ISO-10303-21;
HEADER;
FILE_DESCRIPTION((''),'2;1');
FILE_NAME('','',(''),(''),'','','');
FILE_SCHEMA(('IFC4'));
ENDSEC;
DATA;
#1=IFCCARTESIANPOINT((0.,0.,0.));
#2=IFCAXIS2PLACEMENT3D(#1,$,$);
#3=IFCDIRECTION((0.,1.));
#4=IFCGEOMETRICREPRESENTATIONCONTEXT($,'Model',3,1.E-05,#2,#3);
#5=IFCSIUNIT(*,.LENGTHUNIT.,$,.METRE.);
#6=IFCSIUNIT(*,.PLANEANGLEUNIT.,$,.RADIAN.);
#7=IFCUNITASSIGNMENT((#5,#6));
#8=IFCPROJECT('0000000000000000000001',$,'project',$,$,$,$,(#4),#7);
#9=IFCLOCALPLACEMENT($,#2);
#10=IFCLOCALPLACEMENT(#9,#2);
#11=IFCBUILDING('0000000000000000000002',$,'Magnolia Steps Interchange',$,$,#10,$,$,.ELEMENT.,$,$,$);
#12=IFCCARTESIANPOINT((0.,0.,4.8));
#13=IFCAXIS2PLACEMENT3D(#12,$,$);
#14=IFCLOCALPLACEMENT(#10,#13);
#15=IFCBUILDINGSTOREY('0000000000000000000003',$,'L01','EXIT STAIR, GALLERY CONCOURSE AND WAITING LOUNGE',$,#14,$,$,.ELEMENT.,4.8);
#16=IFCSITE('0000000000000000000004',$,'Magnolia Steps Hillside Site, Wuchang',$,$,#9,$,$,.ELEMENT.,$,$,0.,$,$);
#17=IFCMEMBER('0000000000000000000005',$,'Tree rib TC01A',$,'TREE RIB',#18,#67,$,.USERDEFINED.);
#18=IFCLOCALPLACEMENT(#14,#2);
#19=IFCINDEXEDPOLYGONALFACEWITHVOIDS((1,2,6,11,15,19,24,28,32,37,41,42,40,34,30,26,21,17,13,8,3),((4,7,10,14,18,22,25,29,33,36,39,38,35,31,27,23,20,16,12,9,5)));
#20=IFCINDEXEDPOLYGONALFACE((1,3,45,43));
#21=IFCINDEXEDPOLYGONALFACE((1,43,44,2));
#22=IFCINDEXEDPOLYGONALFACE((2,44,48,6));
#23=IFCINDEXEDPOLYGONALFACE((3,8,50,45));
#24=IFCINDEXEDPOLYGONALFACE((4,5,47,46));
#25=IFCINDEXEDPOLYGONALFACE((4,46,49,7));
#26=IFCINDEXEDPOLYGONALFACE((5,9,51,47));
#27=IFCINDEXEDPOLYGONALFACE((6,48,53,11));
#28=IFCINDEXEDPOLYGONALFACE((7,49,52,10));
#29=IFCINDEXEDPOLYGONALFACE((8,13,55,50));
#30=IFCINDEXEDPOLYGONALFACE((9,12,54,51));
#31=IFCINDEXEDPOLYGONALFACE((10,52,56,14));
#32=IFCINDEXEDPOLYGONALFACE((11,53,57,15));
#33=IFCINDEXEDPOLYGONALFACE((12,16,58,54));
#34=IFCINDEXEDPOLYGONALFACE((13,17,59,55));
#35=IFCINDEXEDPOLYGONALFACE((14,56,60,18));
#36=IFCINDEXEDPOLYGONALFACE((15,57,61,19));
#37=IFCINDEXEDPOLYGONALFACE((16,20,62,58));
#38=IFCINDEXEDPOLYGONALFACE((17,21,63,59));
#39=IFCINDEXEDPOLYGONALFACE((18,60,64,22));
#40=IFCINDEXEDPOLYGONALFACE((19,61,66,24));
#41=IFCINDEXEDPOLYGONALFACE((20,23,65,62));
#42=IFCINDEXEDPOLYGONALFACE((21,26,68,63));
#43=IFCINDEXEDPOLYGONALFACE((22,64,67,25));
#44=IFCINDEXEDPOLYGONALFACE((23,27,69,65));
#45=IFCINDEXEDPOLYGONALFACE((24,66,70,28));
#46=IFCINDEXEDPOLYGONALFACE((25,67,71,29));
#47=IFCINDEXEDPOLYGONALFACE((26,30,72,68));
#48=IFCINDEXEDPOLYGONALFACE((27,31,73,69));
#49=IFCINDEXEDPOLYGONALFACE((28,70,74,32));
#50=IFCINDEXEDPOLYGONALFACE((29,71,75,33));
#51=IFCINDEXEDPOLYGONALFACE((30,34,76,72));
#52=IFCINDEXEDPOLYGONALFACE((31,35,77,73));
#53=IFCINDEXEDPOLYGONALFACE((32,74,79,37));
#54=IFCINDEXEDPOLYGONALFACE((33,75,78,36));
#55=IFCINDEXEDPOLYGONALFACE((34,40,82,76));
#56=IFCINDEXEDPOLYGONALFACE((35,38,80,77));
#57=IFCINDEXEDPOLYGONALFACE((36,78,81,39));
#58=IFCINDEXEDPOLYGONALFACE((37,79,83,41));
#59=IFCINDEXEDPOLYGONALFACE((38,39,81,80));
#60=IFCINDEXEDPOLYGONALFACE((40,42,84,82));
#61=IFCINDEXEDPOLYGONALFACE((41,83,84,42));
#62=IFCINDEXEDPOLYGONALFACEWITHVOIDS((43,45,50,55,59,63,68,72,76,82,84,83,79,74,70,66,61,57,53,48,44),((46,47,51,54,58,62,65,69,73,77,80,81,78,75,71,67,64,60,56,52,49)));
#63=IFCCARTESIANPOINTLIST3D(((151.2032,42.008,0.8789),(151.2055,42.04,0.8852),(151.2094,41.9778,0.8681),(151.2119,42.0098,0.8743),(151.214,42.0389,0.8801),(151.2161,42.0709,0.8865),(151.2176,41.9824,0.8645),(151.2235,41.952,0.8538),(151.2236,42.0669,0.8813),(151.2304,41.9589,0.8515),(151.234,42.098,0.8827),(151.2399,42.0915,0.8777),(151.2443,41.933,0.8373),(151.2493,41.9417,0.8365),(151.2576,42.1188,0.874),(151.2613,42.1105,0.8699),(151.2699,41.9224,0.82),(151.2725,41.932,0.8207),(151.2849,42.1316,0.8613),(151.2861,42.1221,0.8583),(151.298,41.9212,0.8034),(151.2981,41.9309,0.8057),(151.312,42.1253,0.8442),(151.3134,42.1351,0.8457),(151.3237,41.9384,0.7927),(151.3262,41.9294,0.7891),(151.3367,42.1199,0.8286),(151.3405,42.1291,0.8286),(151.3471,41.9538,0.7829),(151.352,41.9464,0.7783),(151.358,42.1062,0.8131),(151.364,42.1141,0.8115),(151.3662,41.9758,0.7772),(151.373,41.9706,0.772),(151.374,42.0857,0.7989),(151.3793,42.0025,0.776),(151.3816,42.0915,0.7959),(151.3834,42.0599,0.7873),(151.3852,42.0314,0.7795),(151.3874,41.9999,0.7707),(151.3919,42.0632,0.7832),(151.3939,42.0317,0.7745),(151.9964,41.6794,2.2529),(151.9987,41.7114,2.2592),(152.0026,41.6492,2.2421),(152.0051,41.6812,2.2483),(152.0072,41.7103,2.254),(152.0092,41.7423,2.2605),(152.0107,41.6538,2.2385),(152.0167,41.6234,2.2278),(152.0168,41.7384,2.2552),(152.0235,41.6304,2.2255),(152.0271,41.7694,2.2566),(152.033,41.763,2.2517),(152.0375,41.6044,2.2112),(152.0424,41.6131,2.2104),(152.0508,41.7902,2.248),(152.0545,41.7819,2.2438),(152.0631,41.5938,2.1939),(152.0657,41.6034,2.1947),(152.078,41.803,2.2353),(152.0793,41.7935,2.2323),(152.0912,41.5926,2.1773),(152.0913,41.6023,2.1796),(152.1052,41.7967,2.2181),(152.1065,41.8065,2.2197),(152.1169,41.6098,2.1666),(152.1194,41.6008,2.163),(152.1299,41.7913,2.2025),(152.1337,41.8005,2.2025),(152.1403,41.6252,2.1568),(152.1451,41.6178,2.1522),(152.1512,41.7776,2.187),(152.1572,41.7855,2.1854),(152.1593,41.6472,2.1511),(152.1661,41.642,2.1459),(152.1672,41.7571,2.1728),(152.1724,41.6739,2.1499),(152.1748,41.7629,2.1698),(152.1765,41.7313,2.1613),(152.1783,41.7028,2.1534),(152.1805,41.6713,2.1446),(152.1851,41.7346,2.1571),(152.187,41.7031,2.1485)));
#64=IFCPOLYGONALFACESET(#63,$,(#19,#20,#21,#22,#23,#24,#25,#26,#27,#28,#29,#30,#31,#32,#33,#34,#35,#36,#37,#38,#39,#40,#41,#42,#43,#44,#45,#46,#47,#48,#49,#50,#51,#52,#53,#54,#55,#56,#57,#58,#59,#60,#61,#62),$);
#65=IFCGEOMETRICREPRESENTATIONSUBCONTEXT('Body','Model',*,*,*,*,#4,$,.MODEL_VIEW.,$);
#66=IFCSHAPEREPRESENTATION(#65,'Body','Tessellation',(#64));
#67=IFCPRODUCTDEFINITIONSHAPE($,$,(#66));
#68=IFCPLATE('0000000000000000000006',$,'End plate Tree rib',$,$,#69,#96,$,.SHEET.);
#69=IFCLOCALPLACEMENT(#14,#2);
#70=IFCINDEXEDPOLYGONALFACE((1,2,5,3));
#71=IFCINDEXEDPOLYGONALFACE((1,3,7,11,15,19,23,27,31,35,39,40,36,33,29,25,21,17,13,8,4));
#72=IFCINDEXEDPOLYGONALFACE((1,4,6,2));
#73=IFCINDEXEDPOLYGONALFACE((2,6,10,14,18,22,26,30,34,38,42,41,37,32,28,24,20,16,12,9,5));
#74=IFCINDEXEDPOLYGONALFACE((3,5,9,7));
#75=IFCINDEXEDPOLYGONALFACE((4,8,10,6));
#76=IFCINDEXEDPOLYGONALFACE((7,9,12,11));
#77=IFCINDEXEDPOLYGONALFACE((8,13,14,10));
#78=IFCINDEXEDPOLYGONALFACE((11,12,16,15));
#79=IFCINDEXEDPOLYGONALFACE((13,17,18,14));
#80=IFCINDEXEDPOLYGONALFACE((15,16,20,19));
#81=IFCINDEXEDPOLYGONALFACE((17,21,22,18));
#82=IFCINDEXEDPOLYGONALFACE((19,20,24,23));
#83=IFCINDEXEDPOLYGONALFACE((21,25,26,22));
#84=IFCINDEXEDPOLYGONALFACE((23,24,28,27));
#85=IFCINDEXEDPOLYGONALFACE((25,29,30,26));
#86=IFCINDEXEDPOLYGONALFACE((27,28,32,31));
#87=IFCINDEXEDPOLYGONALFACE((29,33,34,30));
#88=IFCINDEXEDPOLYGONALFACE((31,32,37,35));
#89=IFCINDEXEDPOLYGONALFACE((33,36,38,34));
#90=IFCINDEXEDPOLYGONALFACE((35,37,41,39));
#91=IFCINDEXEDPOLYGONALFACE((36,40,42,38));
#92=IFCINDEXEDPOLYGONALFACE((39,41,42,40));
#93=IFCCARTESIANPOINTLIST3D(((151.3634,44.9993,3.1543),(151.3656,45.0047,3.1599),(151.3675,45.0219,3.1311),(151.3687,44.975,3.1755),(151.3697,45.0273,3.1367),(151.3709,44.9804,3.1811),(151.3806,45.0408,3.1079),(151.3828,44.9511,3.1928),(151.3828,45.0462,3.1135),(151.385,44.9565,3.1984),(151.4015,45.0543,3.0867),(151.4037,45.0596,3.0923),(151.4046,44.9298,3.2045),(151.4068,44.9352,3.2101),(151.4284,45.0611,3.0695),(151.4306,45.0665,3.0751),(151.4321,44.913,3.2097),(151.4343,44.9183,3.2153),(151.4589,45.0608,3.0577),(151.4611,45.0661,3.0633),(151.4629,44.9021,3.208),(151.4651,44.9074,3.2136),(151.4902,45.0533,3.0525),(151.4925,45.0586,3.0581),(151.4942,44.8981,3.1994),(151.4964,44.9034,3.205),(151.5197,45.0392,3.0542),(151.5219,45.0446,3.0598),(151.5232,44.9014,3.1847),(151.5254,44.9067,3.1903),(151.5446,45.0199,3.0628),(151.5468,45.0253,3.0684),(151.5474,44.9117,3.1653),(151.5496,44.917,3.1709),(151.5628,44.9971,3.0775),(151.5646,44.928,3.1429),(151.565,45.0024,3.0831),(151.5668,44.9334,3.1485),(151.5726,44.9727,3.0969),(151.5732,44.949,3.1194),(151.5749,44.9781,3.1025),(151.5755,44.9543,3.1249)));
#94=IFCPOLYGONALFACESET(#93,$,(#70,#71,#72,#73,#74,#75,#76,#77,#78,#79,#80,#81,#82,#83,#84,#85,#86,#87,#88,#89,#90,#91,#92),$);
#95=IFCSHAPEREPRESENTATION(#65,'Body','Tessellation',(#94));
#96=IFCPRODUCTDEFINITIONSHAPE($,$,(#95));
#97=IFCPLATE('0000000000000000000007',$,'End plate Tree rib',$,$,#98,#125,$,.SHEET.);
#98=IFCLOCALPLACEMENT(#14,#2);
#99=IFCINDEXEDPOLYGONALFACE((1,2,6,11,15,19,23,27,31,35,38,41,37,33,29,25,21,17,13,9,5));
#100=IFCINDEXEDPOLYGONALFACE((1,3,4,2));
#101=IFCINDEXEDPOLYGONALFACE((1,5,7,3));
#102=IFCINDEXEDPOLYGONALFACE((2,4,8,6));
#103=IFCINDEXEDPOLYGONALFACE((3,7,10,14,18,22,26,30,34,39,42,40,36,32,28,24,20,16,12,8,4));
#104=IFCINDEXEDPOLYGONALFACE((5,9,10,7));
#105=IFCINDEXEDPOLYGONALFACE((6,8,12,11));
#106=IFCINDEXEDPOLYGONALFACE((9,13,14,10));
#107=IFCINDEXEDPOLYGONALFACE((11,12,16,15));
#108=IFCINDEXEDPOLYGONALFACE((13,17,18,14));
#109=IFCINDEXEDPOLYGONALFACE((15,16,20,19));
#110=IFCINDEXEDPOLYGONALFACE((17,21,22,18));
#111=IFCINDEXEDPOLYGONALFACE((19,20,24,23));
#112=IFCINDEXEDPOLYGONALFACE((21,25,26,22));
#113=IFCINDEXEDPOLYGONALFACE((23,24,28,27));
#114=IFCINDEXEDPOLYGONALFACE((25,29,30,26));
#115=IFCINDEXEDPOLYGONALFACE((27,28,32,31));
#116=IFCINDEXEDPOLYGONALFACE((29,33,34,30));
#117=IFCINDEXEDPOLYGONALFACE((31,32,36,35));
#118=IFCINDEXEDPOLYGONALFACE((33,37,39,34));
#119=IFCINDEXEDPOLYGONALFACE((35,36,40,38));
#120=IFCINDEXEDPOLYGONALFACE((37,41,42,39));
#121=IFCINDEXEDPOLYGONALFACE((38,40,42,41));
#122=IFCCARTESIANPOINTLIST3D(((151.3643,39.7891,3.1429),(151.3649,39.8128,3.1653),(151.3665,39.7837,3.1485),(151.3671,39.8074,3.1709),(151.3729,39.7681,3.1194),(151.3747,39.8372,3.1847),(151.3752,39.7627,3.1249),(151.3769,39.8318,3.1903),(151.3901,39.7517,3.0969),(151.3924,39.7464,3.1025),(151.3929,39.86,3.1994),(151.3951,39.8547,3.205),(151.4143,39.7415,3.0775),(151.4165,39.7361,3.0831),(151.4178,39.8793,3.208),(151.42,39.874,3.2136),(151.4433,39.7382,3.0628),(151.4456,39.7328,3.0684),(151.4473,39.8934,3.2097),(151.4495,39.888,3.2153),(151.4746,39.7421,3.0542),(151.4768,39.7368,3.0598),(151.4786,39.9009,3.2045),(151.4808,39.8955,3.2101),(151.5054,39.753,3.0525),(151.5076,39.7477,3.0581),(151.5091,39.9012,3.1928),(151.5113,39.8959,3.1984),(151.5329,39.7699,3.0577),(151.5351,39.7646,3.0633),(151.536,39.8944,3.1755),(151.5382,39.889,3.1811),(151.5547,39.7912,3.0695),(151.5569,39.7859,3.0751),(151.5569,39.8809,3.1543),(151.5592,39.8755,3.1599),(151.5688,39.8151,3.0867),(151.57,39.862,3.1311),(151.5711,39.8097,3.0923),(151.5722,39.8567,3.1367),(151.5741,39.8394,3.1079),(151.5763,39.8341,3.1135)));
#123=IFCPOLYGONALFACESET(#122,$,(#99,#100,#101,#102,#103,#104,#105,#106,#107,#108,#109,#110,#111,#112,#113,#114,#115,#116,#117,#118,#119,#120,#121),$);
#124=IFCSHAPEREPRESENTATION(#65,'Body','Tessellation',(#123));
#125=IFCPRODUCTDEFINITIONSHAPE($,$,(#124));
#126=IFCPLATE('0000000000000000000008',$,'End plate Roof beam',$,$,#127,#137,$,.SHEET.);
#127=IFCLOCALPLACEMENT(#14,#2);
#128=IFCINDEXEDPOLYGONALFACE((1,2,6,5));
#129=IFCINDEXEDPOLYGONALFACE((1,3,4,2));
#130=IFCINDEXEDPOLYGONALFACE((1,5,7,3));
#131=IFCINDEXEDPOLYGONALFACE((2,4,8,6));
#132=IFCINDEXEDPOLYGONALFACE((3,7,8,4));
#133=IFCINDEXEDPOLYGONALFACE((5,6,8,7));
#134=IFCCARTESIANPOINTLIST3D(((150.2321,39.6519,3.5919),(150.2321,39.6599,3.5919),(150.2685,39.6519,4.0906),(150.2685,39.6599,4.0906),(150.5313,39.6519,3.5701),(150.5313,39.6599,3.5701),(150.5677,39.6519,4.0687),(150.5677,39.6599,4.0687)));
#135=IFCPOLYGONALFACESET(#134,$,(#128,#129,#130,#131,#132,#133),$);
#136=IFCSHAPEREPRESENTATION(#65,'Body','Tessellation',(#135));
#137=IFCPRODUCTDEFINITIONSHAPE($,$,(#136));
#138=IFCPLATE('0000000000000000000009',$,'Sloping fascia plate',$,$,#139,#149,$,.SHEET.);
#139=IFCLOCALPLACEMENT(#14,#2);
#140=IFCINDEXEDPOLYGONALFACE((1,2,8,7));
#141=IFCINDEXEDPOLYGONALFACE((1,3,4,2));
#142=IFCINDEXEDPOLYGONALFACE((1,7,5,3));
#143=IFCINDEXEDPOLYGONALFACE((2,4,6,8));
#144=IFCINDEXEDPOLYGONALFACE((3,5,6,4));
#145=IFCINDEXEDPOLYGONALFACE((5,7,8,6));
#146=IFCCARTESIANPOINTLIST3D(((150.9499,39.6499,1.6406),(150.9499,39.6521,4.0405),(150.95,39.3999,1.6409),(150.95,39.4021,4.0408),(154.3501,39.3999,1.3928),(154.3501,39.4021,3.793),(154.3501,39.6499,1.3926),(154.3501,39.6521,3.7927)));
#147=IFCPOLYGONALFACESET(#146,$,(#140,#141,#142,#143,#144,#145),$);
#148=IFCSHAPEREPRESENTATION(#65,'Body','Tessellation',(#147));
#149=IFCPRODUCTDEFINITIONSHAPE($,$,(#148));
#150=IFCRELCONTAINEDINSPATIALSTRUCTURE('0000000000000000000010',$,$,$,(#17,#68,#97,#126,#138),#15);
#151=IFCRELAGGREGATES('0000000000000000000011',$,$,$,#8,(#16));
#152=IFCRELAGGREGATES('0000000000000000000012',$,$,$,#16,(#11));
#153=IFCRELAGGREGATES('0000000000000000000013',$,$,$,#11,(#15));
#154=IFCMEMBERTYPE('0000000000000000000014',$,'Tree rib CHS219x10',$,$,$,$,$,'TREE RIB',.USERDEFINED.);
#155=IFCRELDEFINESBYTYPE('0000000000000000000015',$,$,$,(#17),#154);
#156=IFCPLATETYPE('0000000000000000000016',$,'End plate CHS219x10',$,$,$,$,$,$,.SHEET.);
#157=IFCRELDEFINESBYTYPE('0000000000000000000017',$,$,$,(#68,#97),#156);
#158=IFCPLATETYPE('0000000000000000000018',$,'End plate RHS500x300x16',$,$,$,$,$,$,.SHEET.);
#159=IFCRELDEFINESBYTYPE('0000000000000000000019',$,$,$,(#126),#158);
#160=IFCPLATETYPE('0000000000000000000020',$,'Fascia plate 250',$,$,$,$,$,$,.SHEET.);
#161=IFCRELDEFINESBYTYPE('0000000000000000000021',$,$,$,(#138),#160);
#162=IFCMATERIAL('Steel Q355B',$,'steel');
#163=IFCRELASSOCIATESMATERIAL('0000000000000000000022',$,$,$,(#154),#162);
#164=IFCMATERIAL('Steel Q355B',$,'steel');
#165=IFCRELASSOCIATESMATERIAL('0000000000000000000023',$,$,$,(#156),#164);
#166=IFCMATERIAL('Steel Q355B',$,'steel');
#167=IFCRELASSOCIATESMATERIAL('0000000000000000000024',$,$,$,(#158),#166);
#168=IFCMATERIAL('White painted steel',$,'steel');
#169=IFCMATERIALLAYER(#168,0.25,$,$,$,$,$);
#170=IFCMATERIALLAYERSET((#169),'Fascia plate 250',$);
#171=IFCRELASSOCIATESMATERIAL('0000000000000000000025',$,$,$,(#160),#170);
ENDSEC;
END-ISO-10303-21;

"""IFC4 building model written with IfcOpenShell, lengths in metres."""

from ifc_helpers import new_model, si_unit, direction, frame, origin, origin_2d, place, context, subcontext, project, spatial, polyline, rectangle, circle, hollow_circle, outline, extrude, material, layer, layer_set, material_profile, profile_set, type_object, element, save


model = new_model("IFC4")

# Units and contexts
model_context = context("Model", 3, precision=1e-05, world=origin(), true_north=direction((0.0, 1.0)))
body_context = subcontext(model_context, "Body", "Model", "MODEL_VIEW")
ifc_project = project(units=[si_unit("LENGTHUNIT", "METRE"), si_unit("PLANEANGLEUNIT", "RADIAN")], contexts=[model_context])

# Site, building, storey
site_placement = place(None, origin())
site = spatial("IfcSite", under=ifc_project, at=site_placement, Name="Magnolia Steps Hillside Site, Wuchang", CompositionType="ELEMENT", RefElevation=0.0)
building_placement = place(site_placement, origin())
building = spatial("IfcBuilding", under=site, at=building_placement, Name="Magnolia Steps Interchange", CompositionType="ELEMENT")
storey_placement = place(building_placement, frame((0.0, 0.0, 4.8)))
storey = spatial("IfcBuildingStorey", under=building, at=storey_placement, Name="L01", Description="EXIT STAIR, GALLERY CONCOURSE AND WAITING LOUNGE", CompositionType="ELEMENT", Elevation=4.8)

# Member
ifc_material_1 = material(Name="Steel Q355B", Category="steel")
ifc_material_profile_1 = material_profile(ifc_material_1, hollow_circle(Radius=0.1096, WallThickness=0.01, at=origin_2d()), Name="CHS219x10")
ifc_profile_set_1 = profile_set([ifc_material_profile_1], Name="Steel Q355B")
member_type = type_object("IfcMemberType", Name="Tree rib CHS219x10", ElementType="TREE RIB", PredefinedType="USERDEFINED", material=ifc_profile_set_1)
member_1_placement = place(storey_placement, frame((151.2986, 42.0278, 0.8286), z_axis=(0.489571, -0.20282, 0.848047), x_axis=(0.382737, 0.923857, 0.0)))
element("IfcMember", 1, at=member_1_placement, inside=storey, type_object=member_type, Name="Tree rib TC01A", ObjectType="TREE RIB", PredefinedType="USERDEFINED", context=body_context, shape_type="SweptSolid", body=[
    extrude(hollow_circle(Radius=0.1096, WallThickness=0.01, at=origin_2d()), origin(), (0.0, 0.0, 1.0), 1.6201),
])

# Plates
ifc_material_2 = material(Name="Steel Q355B", Category="steel")
ifc_material_profile_2 = material_profile(ifc_material_2, circle(Radius=0.1096, at=origin_2d()), Name="End plate CHS219x10")
ifc_profile_set_2 = profile_set([ifc_material_profile_2], Name="Steel Q355B")
plate_type_1 = type_object("IfcPlateType", Name="End plate CHS219x10", PredefinedType="SHEET", material=ifc_profile_set_2)
for number, where, z_axis, x_axis, name in (
    (2, (151.4688, 44.98, 3.1311), (0.275279, 0.664583, 0.694658), (-0.92388, 0.382683, 0.0), "End plate Tree rib"),
    (3, (151.4688, 39.8201, 3.1311), (0.275279, -0.664583, 0.694658), (0.92388, 0.382683, 0.0), "End plate Tree rib"),
):
    element("IfcPlate", number, at=place(storey_placement, frame(where, z_axis=z_axis, x_axis=x_axis)), inside=storey, type_object=plate_type_1, Name=name, PredefinedType="SHEET", context=body_context, shape_type="SweptSolid", body=[
        extrude(circle(Radius=0.1096, at=origin_2d()), origin(), (0.0, 0.0, 1.0), 0.0081),
    ])
ifc_material_3 = material(Name="Steel Q355B", Category="steel")
ifc_material_profile_3 = material_profile(ifc_material_3, rectangle(XDim=0.3, YDim=0.5, at=origin_2d()), Name="End plate RHS500x300x16")
ifc_profile_set_3 = profile_set([ifc_material_profile_3], Name="Steel Q355B")
plate_type_2 = type_object("IfcPlateType", Name="End plate RHS500x300x16", PredefinedType="SHEET", material=ifc_profile_set_3)
plate_1_placement = place(storey_placement, frame((150.3999, 39.6599, 3.8303), z_axis=(0.0, -1.0, 0.0), x_axis=(0.997352, 0.0, -0.072724)))
element("IfcPlate", 4, at=plate_1_placement, inside=storey, type_object=plate_type_2, Name="End plate Roof beam", PredefinedType="SHEET", context=body_context, shape_type="SweptSolid", body=[
    extrude(rectangle(XDim=0.3, YDim=0.5, at=origin_2d()), origin(), (0.0, 0.0, 1.0), 0.0081),
])
ifc_material_4 = material(Name="White painted steel", Category="steel")
ifc_layer = layer(ifc_material_4, 0.25)
ifc_layer_set = layer_set([ifc_layer], Name="Fascia plate 250")
plate_type_3 = type_object("IfcPlateType", Name="Fascia plate 250", PredefinedType="SHEET", material=ifc_layer_set)
plate_2_placement = place(storey_placement, frame((150.95, 39.3999, 1.6409), z_axis=(0.000067, -1.0, 0.000916), x_axis=(0.99735, 0.0, -0.072758)))
element("IfcPlate", 5, at=plate_2_placement, inside=storey, type_object=plate_type_3, Name="Sloping fascia plate", PredefinedType="SHEET", context=body_context, shape_type="SweptSolid", body=[
    extrude(outline(polyline([(0.0, 0.0), (3.4092, 0.0), (3.2346, 2.3938), (-0.1746, 2.3935), (0.0, 0.0)])), origin(), (0.0, 0.0, -1.0), 0.25),
])

save(model, "model.ifc")
